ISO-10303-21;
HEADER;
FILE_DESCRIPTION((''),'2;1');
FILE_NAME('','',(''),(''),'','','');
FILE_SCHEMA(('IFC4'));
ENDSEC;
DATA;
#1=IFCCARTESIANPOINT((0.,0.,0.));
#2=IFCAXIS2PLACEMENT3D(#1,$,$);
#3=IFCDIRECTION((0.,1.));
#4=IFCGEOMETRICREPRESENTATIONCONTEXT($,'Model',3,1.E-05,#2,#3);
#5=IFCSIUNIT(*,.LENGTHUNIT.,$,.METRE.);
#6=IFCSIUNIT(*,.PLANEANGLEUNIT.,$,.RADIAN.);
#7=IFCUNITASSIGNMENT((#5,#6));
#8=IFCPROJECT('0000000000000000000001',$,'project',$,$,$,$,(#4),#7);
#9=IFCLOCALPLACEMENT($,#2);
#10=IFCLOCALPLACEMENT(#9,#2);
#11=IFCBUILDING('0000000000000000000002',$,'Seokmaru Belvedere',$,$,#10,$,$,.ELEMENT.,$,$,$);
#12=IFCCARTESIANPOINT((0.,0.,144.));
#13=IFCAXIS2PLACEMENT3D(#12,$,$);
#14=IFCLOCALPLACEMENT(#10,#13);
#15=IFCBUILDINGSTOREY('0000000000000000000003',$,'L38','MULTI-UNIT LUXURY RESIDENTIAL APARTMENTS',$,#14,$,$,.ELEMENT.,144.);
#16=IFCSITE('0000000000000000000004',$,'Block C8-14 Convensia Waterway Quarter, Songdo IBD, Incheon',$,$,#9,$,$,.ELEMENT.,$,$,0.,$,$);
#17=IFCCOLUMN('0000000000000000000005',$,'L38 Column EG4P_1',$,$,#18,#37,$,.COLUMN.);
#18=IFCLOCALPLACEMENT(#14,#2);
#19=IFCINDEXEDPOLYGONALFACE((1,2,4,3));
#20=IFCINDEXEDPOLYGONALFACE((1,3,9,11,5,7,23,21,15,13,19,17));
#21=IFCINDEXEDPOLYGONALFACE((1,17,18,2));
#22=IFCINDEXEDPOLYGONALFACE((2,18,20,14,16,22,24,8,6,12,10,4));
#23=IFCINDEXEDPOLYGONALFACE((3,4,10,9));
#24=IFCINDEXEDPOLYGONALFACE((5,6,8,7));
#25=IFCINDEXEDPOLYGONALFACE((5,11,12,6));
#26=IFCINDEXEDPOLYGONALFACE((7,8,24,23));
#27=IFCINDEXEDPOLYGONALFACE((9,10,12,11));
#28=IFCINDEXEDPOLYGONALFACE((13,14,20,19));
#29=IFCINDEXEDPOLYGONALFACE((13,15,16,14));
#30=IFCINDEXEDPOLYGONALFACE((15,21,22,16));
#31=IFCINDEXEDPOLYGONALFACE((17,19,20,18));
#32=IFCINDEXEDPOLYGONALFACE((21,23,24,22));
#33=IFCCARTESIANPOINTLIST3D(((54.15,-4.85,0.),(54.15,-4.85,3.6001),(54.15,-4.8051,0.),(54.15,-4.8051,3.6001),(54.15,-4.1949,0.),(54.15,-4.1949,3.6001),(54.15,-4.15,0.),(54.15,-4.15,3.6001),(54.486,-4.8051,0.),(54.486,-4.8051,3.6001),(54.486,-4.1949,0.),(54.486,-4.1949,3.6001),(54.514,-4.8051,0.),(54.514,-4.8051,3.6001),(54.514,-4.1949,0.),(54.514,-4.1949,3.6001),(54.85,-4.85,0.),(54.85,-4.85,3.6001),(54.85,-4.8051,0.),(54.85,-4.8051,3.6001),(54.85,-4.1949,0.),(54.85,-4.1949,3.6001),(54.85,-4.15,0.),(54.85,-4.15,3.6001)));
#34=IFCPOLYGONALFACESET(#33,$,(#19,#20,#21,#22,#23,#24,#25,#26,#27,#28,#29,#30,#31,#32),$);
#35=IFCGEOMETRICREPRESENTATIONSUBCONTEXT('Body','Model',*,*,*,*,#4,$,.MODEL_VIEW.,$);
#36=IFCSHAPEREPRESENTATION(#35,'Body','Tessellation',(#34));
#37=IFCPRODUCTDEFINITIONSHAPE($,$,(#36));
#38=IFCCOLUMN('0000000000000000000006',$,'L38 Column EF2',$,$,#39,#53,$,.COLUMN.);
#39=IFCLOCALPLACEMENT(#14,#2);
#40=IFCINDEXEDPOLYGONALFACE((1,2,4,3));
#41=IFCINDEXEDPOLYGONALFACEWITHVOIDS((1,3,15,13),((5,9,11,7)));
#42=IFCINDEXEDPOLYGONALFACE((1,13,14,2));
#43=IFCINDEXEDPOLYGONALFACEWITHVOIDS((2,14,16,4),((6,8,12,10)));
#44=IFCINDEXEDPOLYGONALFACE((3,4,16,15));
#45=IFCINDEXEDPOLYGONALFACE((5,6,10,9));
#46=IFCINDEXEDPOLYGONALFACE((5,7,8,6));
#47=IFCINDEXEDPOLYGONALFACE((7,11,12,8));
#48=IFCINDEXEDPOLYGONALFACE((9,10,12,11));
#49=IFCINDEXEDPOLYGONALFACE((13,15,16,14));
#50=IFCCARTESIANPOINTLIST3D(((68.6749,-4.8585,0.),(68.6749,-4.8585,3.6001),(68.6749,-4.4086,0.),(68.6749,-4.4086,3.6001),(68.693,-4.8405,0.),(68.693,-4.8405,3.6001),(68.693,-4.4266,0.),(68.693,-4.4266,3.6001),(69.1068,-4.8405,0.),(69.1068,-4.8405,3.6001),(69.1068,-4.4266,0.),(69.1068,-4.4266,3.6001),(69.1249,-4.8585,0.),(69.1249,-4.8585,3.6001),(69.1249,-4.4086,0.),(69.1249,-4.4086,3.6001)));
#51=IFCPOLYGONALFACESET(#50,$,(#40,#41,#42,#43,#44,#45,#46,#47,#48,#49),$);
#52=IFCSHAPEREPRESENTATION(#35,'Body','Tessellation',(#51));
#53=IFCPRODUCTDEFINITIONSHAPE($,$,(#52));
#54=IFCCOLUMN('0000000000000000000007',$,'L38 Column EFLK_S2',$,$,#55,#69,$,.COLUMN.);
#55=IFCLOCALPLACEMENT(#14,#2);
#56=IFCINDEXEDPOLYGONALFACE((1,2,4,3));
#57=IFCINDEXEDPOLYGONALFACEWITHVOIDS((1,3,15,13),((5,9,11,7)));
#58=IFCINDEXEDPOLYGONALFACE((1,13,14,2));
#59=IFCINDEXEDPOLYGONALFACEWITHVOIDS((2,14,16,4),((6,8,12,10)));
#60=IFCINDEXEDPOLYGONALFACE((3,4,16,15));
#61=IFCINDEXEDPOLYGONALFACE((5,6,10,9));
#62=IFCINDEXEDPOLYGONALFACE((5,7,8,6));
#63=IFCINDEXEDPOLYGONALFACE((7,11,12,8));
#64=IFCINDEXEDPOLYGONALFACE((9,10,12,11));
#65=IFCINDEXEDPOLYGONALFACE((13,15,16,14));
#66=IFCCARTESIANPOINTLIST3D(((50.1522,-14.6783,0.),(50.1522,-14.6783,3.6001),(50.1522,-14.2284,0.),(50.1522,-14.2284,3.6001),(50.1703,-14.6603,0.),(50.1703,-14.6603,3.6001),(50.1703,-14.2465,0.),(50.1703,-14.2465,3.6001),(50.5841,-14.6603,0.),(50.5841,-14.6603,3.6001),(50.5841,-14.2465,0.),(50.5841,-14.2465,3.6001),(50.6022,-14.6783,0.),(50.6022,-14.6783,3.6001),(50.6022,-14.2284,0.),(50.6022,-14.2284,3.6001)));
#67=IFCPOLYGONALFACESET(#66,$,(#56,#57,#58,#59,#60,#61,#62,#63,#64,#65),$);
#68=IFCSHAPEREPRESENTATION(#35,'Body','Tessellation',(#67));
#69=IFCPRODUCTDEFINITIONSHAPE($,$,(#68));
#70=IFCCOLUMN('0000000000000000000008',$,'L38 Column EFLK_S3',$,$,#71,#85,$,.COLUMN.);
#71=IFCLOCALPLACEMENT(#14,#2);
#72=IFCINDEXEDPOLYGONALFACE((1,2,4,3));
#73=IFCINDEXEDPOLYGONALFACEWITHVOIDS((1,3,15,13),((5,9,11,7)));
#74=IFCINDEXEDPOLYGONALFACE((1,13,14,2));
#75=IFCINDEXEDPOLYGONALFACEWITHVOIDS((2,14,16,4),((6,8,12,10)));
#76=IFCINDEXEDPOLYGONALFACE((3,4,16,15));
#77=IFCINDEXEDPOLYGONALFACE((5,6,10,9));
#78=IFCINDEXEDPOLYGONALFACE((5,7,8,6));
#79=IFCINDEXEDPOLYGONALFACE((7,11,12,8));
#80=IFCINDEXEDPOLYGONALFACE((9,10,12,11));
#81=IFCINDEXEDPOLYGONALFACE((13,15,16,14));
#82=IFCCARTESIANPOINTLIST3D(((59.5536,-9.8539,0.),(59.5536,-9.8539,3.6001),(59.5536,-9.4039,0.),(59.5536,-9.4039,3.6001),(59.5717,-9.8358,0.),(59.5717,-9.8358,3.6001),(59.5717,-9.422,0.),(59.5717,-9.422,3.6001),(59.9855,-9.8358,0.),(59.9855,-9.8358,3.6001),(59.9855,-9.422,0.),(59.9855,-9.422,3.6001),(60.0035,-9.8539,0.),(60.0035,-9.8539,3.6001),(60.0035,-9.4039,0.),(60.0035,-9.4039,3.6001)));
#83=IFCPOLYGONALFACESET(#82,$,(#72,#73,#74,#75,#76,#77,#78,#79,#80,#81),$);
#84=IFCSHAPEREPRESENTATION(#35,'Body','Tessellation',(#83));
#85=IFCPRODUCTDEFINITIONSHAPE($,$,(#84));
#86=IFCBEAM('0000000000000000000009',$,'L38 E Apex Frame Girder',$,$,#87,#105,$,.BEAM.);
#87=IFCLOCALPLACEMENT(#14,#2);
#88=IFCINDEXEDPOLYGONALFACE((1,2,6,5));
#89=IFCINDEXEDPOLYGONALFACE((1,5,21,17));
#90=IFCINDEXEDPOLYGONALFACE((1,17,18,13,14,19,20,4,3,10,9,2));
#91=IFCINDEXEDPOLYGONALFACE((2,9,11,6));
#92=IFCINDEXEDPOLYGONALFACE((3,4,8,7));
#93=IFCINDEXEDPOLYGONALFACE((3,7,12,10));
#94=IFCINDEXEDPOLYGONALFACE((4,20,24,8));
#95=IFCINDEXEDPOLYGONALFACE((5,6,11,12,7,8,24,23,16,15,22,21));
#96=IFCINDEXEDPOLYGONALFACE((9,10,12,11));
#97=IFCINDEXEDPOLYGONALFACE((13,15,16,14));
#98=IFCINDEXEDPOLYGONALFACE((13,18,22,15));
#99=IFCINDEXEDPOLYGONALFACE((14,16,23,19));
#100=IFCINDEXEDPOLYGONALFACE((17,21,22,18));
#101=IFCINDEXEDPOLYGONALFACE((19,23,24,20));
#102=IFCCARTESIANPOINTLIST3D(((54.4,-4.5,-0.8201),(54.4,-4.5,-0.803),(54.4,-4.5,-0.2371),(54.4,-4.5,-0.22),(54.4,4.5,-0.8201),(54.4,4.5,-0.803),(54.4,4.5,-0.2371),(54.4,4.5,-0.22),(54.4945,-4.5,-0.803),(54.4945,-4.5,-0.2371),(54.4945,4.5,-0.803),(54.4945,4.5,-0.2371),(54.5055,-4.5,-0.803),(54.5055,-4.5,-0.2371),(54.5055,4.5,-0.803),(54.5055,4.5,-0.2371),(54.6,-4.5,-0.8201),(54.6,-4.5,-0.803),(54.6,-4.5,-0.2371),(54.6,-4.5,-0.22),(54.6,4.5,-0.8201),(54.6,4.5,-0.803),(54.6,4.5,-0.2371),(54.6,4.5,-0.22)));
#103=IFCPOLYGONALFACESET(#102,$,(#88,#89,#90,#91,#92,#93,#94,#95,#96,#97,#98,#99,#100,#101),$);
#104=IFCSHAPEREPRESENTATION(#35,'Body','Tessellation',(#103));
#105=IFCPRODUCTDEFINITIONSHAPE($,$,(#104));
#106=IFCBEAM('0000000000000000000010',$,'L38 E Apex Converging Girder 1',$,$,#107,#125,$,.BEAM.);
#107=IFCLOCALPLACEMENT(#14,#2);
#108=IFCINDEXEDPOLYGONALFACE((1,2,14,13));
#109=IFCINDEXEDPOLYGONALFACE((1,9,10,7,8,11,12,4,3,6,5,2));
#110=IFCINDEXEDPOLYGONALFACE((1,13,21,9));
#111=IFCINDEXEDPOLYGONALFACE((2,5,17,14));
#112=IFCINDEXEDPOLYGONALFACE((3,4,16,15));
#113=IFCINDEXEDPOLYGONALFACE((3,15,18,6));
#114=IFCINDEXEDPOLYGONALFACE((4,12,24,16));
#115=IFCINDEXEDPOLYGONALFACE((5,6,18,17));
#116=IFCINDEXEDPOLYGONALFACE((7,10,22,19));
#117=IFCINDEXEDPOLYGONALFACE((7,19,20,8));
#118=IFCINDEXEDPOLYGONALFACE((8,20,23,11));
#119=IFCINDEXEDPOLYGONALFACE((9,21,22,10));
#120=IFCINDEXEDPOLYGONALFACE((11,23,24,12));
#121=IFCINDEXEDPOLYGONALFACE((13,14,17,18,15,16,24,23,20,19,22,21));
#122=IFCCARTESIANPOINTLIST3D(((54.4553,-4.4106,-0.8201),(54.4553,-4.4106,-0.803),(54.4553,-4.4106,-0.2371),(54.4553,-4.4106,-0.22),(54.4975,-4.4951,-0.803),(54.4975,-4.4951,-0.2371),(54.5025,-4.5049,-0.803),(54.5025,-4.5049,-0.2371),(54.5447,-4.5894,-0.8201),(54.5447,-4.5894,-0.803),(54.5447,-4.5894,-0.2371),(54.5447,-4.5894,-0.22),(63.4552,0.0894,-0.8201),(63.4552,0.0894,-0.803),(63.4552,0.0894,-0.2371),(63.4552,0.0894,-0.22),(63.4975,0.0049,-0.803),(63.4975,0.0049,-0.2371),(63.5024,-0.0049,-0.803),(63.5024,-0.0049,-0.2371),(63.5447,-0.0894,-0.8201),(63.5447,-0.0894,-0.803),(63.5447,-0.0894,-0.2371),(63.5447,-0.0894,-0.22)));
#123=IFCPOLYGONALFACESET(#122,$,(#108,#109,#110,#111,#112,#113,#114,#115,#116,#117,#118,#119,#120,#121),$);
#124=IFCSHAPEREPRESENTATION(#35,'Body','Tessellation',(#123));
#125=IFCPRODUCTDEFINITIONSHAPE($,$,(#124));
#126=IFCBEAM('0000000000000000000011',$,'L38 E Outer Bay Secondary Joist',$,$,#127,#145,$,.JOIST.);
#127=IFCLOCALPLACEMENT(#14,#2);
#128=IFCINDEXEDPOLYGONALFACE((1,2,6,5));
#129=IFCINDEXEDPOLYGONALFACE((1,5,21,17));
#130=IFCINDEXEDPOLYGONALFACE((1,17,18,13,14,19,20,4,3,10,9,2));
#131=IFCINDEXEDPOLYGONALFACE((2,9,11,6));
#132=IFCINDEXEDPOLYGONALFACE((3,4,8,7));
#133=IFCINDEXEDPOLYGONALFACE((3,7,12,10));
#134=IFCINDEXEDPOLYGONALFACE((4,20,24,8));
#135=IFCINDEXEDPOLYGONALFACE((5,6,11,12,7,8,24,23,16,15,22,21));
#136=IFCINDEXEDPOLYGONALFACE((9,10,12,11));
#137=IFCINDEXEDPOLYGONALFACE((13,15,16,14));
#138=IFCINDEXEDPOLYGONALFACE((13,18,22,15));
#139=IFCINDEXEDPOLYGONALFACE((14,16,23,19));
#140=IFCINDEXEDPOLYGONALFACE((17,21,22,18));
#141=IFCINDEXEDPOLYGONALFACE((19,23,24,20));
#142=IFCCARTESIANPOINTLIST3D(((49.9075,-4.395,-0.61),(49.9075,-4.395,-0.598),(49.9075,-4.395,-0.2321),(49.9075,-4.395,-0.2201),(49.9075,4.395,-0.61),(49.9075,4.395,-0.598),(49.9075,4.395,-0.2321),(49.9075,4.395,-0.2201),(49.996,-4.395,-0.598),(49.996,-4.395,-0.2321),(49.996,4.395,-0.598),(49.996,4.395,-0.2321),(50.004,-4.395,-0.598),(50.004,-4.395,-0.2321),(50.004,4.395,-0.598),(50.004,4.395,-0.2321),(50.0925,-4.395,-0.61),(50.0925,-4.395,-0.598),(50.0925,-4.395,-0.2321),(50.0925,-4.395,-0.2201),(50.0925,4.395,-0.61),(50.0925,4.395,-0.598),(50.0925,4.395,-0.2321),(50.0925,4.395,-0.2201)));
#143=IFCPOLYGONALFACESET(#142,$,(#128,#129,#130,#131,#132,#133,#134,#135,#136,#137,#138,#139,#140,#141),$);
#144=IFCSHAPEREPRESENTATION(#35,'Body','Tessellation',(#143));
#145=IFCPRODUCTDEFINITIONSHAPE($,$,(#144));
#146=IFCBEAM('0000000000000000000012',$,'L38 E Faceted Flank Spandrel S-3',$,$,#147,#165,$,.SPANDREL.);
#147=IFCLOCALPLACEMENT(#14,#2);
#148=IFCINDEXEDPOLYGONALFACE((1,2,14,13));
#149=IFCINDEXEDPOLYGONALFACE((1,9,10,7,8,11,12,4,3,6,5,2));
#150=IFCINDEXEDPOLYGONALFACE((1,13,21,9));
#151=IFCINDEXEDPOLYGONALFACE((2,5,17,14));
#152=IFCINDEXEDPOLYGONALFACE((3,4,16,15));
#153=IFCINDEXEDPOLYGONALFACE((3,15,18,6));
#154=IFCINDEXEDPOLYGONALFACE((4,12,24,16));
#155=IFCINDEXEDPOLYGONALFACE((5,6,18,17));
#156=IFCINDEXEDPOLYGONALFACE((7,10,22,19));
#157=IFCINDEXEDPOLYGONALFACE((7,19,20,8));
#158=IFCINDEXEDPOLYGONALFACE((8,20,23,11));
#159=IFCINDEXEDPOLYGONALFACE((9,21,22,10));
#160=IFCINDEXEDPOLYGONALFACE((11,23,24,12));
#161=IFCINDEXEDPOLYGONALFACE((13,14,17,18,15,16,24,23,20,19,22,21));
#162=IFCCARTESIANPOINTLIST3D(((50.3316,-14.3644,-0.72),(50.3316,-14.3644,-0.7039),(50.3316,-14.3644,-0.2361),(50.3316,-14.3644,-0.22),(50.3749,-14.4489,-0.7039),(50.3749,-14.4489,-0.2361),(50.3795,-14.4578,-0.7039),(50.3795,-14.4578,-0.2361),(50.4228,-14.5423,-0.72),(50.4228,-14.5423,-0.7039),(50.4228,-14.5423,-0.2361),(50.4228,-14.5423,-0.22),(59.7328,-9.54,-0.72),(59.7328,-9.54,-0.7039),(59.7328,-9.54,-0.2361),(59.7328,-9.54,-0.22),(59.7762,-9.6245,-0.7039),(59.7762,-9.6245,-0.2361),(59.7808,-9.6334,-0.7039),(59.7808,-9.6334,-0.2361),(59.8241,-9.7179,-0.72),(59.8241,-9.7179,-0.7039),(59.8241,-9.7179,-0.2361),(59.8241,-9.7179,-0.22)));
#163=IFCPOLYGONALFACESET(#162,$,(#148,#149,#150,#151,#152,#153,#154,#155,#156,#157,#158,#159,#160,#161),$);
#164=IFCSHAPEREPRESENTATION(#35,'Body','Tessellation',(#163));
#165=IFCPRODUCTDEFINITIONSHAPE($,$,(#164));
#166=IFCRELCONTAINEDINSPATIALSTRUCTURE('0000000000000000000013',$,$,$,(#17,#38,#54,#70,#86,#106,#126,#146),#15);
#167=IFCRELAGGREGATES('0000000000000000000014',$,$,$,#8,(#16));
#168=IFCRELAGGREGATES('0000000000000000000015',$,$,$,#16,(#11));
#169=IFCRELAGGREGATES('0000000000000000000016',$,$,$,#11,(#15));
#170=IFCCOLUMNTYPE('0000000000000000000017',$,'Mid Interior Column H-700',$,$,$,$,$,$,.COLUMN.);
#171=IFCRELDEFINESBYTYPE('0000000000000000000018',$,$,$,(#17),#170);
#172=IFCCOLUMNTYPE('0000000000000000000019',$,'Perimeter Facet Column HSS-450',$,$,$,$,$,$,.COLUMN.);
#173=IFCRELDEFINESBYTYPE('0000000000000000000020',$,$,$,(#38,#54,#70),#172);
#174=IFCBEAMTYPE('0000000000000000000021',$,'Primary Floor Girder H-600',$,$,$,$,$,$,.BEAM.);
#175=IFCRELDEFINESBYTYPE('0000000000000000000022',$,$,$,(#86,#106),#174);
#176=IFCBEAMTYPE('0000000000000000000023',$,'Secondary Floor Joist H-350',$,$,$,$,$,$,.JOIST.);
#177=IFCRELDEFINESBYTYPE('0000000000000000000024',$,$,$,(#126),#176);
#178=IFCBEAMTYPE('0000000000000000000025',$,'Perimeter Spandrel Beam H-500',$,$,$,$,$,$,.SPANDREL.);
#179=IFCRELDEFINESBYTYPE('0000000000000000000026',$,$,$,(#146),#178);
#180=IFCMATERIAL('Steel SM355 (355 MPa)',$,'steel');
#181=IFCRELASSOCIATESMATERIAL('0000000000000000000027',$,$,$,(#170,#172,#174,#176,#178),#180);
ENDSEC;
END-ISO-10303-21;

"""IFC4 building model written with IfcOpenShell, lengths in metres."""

from ifc_helpers import new_model, si_unit, direction, frame, origin, origin_2d, place, context, subcontext, project, spatial, hollow_rectangle, i_section, extrude, source, transform, mapped, material, material_profile, profile_set, type_object, type_shapes, element, save


model = new_model("IFC4")

# Units and contexts
model_context = context("Model", 3, precision=1e-05, world=origin(), true_north=direction((0.0, 1.0)))
body_context = subcontext(model_context, "Body", "Model", "MODEL_VIEW")
ifc_project = project(units=[si_unit("LENGTHUNIT", "METRE"), si_unit("PLANEANGLEUNIT", "RADIAN")], contexts=[model_context])

# Site, building, storey
site_placement = place(None, origin())
site = spatial("IfcSite", under=ifc_project, at=site_placement, Name="Block C8-14 Convensia Waterway Quarter, Songdo IBD, Incheon", CompositionType="ELEMENT", RefElevation=0.0)
building_placement = place(site_placement, origin())
building = spatial("IfcBuilding", under=site, at=building_placement, Name="Seokmaru Belvedere", CompositionType="ELEMENT")
storey_placement = place(building_placement, frame((0.0, 0.0, 144.0)))
storey = spatial("IfcBuildingStorey", under=building, at=storey_placement, Name="L38", Description="MULTI-UNIT LUXURY RESIDENTIAL APARTMENTS", CompositionType="ELEMENT", Elevation=144.0)

# Columns
ifc_material_1 = material(Name="Steel SM355 (355 MPa)", Category="steel")
ifc_material_profile_1 = material_profile(ifc_material_1, i_section(OverallWidth=0.7, OverallDepth=0.7, WebThickness=0.0281, FlangeThickness=0.0449, at=origin_2d()), Name="H-700x700x28x45")
ifc_profile_set_1 = profile_set([ifc_material_profile_1], Name="Steel SM355 (355 MPa)")
column_type_1 = type_object("IfcColumnType", Name="Mid Interior Column H-700", PredefinedType="COLUMN", material=ifc_profile_set_1)
shared_shape_1 = source(origin(), body_context, "Body", "SweptSolid", [
    extrude(i_section(OverallWidth=0.7, OverallDepth=0.7, WebThickness=0.0281, FlangeThickness=0.0449, at=origin_2d()), origin(), (0.0, 0.0, 1.0), 3.6001),
])
type_shapes(column_type_1, [shared_shape_1])
column_placement = place(storey_placement, frame((54.5, -4.5, 0.0), z_axis=(0.0, 0.0, 1.0), x_axis=(1.0, 0.0, 0.0)))
element("IfcColumn", 1, at=column_placement, inside=storey, type_object=column_type_1, Name="L38 Column EG4P_1", PredefinedType="COLUMN", context=body_context, shape_type="MappedRepresentation", body=[
    mapped(shared_shape_1, transform((0.0, 0.0, 0.0), scale=1.0)),
])
ifc_material_profile_2 = material_profile(ifc_material_1, hollow_rectangle(XDim=0.45, YDim=0.45, WallThickness=0.0181, at=origin_2d()), Name="HSS-450x450x18")
ifc_profile_set_2 = profile_set([ifc_material_profile_2], Name="Steel SM355 (355 MPa)")
column_type_2 = type_object("IfcColumnType", Name="Perimeter Facet Column HSS-450", PredefinedType="COLUMN", material=ifc_profile_set_2)
shared_shape_2 = source(origin(), body_context, "Body", "SweptSolid", [
    extrude(hollow_rectangle(XDim=0.45, YDim=0.45, WallThickness=0.0181, at=origin_2d()), origin(), (0.0, 0.0, 1.0), 3.6001),
])
type_shapes(column_type_2, [shared_shape_2])
for number, where, z_axis, x_axis, name in (
    (2, (68.8999, -4.6335, 0.0), (0.0, 0.0, 1.0), (1.0, 0.0, 0.0), "L38 Column EF2"),
    (3, (50.3772, -14.4534, 0.0), (0.0, 0.0, 1.0), (1.0, 0.0, 0.0), "L38 Column EFLK_S2"),
    (4, (59.7786, -9.6289, 0.0), (0.0, 0.0, 1.0), (1.0, 0.0, 0.0), "L38 Column EFLK_S3"),
):
    element("IfcColumn", number, at=place(storey_placement, frame(where, z_axis=z_axis, x_axis=x_axis)), inside=storey, type_object=column_type_2, Name=name, PredefinedType="COLUMN", context=body_context, shape_type="MappedRepresentation", body=[
        mapped(shared_shape_2, transform((0.0, 0.0, 0.0), scale=1.0)),
    ])

# Beams
ifc_material_profile_3 = material_profile(ifc_material_1, i_section(OverallWidth=0.2, OverallDepth=0.6001, WebThickness=0.011, FlangeThickness=0.0171, at=origin_2d()), Name="H-600x200x11x17")
ifc_profile_set_3 = profile_set([ifc_material_profile_3], Name="Steel SM355 (355 MPa)")
beam_type_1 = type_object("IfcBeamType", Name="Primary Floor Girder H-600", PredefinedType="BEAM", material=ifc_profile_set_3)
shared_shape_3 = source(origin(), body_context, "Body", "SweptSolid", [
    extrude(i_section(OverallWidth=0.2, OverallDepth=0.6001, WebThickness=0.011, FlangeThickness=0.0171, at=origin_2d()), origin(), (0.0, 0.0, 1.0), 9.0),
])
beam_1_placement = place(storey_placement, frame((54.5, -4.5, -0.52), z_axis=(0.0, 1.0, 0.0), x_axis=(-1.0, 0.0, 0.0)))
element("IfcBeam", 5, at=beam_1_placement, inside=storey, type_object=beam_type_1, Name="L38 E Apex Frame Girder", PredefinedType="BEAM", context=body_context, shape_type="MappedRepresentation", body=[
    mapped(shared_shape_3, transform((0.0, 0.0, 0.0), scale=1.0)),
])
shared_shape_4 = source(origin(), body_context, "Body", "SweptSolid", [
    extrude(i_section(OverallWidth=0.2, OverallDepth=0.6001, WebThickness=0.011, FlangeThickness=0.0171, at=origin_2d()), origin(), (0.0, 0.0, 1.0), 10.0623),
])
beam_2_placement = place(storey_placement, frame((54.5, -4.5, -0.52), z_axis=(0.894427, 0.447214, 0.0), x_axis=(-0.447214, 0.894427, 0.0)))
element("IfcBeam", 6, at=beam_2_placement, inside=storey, type_object=beam_type_1, Name="L38 E Apex Converging Girder 1", PredefinedType="BEAM", context=body_context, shape_type="MappedRepresentation", body=[
    mapped(shared_shape_4, transform((0.0, 0.0, 0.0), scale=1.0)),
])
ifc_material_profile_4 = material_profile(ifc_material_1, i_section(OverallWidth=0.1851, OverallDepth=0.3899, WebThickness=0.0081, FlangeThickness=0.012, at=origin_2d()), Name="H-390x185x8x12")
ifc_profile_set_4 = profile_set([ifc_material_profile_4], Name="Steel SM355 (355 MPa)")
beam_type_2 = type_object("IfcBeamType", Name="Secondary Floor Joist H-350", PredefinedType="JOIST", material=ifc_profile_set_4)
shared_shape_5 = source(origin(), body_context, "Body", "SweptSolid", [
    extrude(i_section(OverallWidth=0.1851, OverallDepth=0.3899, WebThickness=0.0081, FlangeThickness=0.012, at=origin_2d()), origin(), (0.0, 0.0, 1.0), 8.79),
])
type_shapes(beam_type_2, [shared_shape_5])
beam_3_placement = place(storey_placement, frame((50.0, -4.395, -0.415), z_axis=(0.0, 1.0, 0.0), x_axis=(-1.0, 0.0, 0.0)))
element("IfcBeam", 7, at=beam_3_placement, inside=storey, type_object=beam_type_2, Name="L38 E Outer Bay Secondary Joist", PredefinedType="JOIST", context=body_context, shape_type="MappedRepresentation", body=[
    mapped(shared_shape_5, transform((0.0, 0.0, 0.0), scale=1.0)),
])
ifc_material_profile_5 = material_profile(ifc_material_1, i_section(OverallWidth=0.2, OverallDepth=0.5, WebThickness=0.01, FlangeThickness=0.0161, at=origin_2d()), Name="H-500x200x10x16")
ifc_profile_set_5 = profile_set([ifc_material_profile_5], Name="Steel SM355 (355 MPa)")
beam_type_3 = type_object("IfcBeamType", Name="Perimeter Spandrel Beam H-500", PredefinedType="SPANDREL", material=ifc_profile_set_5)
shared_shape_6 = source(origin(), body_context, "Body", "SweptSolid", [
    extrude(i_section(OverallWidth=0.2, OverallDepth=0.5, WebThickness=0.01, FlangeThickness=0.0161, at=origin_2d()), origin(), (0.0, 0.0, 1.0), 10.5669),
])
beam_4_placement = place(storey_placement, frame((50.3772, -14.4534, -0.47), z_axis=(0.889693, 0.45656, 0.0), x_axis=(-0.45656, 0.889693, 0.0)))
element("IfcBeam", 8, at=beam_4_placement, inside=storey, type_object=beam_type_3, Name="L38 E Faceted Flank Spandrel S-3", PredefinedType="SPANDREL", context=body_context, shape_type="MappedRepresentation", body=[
    mapped(shared_shape_6, transform((0.0, 0.0, 0.0), scale=1.0)),
])

save(model, "model.ifc")
